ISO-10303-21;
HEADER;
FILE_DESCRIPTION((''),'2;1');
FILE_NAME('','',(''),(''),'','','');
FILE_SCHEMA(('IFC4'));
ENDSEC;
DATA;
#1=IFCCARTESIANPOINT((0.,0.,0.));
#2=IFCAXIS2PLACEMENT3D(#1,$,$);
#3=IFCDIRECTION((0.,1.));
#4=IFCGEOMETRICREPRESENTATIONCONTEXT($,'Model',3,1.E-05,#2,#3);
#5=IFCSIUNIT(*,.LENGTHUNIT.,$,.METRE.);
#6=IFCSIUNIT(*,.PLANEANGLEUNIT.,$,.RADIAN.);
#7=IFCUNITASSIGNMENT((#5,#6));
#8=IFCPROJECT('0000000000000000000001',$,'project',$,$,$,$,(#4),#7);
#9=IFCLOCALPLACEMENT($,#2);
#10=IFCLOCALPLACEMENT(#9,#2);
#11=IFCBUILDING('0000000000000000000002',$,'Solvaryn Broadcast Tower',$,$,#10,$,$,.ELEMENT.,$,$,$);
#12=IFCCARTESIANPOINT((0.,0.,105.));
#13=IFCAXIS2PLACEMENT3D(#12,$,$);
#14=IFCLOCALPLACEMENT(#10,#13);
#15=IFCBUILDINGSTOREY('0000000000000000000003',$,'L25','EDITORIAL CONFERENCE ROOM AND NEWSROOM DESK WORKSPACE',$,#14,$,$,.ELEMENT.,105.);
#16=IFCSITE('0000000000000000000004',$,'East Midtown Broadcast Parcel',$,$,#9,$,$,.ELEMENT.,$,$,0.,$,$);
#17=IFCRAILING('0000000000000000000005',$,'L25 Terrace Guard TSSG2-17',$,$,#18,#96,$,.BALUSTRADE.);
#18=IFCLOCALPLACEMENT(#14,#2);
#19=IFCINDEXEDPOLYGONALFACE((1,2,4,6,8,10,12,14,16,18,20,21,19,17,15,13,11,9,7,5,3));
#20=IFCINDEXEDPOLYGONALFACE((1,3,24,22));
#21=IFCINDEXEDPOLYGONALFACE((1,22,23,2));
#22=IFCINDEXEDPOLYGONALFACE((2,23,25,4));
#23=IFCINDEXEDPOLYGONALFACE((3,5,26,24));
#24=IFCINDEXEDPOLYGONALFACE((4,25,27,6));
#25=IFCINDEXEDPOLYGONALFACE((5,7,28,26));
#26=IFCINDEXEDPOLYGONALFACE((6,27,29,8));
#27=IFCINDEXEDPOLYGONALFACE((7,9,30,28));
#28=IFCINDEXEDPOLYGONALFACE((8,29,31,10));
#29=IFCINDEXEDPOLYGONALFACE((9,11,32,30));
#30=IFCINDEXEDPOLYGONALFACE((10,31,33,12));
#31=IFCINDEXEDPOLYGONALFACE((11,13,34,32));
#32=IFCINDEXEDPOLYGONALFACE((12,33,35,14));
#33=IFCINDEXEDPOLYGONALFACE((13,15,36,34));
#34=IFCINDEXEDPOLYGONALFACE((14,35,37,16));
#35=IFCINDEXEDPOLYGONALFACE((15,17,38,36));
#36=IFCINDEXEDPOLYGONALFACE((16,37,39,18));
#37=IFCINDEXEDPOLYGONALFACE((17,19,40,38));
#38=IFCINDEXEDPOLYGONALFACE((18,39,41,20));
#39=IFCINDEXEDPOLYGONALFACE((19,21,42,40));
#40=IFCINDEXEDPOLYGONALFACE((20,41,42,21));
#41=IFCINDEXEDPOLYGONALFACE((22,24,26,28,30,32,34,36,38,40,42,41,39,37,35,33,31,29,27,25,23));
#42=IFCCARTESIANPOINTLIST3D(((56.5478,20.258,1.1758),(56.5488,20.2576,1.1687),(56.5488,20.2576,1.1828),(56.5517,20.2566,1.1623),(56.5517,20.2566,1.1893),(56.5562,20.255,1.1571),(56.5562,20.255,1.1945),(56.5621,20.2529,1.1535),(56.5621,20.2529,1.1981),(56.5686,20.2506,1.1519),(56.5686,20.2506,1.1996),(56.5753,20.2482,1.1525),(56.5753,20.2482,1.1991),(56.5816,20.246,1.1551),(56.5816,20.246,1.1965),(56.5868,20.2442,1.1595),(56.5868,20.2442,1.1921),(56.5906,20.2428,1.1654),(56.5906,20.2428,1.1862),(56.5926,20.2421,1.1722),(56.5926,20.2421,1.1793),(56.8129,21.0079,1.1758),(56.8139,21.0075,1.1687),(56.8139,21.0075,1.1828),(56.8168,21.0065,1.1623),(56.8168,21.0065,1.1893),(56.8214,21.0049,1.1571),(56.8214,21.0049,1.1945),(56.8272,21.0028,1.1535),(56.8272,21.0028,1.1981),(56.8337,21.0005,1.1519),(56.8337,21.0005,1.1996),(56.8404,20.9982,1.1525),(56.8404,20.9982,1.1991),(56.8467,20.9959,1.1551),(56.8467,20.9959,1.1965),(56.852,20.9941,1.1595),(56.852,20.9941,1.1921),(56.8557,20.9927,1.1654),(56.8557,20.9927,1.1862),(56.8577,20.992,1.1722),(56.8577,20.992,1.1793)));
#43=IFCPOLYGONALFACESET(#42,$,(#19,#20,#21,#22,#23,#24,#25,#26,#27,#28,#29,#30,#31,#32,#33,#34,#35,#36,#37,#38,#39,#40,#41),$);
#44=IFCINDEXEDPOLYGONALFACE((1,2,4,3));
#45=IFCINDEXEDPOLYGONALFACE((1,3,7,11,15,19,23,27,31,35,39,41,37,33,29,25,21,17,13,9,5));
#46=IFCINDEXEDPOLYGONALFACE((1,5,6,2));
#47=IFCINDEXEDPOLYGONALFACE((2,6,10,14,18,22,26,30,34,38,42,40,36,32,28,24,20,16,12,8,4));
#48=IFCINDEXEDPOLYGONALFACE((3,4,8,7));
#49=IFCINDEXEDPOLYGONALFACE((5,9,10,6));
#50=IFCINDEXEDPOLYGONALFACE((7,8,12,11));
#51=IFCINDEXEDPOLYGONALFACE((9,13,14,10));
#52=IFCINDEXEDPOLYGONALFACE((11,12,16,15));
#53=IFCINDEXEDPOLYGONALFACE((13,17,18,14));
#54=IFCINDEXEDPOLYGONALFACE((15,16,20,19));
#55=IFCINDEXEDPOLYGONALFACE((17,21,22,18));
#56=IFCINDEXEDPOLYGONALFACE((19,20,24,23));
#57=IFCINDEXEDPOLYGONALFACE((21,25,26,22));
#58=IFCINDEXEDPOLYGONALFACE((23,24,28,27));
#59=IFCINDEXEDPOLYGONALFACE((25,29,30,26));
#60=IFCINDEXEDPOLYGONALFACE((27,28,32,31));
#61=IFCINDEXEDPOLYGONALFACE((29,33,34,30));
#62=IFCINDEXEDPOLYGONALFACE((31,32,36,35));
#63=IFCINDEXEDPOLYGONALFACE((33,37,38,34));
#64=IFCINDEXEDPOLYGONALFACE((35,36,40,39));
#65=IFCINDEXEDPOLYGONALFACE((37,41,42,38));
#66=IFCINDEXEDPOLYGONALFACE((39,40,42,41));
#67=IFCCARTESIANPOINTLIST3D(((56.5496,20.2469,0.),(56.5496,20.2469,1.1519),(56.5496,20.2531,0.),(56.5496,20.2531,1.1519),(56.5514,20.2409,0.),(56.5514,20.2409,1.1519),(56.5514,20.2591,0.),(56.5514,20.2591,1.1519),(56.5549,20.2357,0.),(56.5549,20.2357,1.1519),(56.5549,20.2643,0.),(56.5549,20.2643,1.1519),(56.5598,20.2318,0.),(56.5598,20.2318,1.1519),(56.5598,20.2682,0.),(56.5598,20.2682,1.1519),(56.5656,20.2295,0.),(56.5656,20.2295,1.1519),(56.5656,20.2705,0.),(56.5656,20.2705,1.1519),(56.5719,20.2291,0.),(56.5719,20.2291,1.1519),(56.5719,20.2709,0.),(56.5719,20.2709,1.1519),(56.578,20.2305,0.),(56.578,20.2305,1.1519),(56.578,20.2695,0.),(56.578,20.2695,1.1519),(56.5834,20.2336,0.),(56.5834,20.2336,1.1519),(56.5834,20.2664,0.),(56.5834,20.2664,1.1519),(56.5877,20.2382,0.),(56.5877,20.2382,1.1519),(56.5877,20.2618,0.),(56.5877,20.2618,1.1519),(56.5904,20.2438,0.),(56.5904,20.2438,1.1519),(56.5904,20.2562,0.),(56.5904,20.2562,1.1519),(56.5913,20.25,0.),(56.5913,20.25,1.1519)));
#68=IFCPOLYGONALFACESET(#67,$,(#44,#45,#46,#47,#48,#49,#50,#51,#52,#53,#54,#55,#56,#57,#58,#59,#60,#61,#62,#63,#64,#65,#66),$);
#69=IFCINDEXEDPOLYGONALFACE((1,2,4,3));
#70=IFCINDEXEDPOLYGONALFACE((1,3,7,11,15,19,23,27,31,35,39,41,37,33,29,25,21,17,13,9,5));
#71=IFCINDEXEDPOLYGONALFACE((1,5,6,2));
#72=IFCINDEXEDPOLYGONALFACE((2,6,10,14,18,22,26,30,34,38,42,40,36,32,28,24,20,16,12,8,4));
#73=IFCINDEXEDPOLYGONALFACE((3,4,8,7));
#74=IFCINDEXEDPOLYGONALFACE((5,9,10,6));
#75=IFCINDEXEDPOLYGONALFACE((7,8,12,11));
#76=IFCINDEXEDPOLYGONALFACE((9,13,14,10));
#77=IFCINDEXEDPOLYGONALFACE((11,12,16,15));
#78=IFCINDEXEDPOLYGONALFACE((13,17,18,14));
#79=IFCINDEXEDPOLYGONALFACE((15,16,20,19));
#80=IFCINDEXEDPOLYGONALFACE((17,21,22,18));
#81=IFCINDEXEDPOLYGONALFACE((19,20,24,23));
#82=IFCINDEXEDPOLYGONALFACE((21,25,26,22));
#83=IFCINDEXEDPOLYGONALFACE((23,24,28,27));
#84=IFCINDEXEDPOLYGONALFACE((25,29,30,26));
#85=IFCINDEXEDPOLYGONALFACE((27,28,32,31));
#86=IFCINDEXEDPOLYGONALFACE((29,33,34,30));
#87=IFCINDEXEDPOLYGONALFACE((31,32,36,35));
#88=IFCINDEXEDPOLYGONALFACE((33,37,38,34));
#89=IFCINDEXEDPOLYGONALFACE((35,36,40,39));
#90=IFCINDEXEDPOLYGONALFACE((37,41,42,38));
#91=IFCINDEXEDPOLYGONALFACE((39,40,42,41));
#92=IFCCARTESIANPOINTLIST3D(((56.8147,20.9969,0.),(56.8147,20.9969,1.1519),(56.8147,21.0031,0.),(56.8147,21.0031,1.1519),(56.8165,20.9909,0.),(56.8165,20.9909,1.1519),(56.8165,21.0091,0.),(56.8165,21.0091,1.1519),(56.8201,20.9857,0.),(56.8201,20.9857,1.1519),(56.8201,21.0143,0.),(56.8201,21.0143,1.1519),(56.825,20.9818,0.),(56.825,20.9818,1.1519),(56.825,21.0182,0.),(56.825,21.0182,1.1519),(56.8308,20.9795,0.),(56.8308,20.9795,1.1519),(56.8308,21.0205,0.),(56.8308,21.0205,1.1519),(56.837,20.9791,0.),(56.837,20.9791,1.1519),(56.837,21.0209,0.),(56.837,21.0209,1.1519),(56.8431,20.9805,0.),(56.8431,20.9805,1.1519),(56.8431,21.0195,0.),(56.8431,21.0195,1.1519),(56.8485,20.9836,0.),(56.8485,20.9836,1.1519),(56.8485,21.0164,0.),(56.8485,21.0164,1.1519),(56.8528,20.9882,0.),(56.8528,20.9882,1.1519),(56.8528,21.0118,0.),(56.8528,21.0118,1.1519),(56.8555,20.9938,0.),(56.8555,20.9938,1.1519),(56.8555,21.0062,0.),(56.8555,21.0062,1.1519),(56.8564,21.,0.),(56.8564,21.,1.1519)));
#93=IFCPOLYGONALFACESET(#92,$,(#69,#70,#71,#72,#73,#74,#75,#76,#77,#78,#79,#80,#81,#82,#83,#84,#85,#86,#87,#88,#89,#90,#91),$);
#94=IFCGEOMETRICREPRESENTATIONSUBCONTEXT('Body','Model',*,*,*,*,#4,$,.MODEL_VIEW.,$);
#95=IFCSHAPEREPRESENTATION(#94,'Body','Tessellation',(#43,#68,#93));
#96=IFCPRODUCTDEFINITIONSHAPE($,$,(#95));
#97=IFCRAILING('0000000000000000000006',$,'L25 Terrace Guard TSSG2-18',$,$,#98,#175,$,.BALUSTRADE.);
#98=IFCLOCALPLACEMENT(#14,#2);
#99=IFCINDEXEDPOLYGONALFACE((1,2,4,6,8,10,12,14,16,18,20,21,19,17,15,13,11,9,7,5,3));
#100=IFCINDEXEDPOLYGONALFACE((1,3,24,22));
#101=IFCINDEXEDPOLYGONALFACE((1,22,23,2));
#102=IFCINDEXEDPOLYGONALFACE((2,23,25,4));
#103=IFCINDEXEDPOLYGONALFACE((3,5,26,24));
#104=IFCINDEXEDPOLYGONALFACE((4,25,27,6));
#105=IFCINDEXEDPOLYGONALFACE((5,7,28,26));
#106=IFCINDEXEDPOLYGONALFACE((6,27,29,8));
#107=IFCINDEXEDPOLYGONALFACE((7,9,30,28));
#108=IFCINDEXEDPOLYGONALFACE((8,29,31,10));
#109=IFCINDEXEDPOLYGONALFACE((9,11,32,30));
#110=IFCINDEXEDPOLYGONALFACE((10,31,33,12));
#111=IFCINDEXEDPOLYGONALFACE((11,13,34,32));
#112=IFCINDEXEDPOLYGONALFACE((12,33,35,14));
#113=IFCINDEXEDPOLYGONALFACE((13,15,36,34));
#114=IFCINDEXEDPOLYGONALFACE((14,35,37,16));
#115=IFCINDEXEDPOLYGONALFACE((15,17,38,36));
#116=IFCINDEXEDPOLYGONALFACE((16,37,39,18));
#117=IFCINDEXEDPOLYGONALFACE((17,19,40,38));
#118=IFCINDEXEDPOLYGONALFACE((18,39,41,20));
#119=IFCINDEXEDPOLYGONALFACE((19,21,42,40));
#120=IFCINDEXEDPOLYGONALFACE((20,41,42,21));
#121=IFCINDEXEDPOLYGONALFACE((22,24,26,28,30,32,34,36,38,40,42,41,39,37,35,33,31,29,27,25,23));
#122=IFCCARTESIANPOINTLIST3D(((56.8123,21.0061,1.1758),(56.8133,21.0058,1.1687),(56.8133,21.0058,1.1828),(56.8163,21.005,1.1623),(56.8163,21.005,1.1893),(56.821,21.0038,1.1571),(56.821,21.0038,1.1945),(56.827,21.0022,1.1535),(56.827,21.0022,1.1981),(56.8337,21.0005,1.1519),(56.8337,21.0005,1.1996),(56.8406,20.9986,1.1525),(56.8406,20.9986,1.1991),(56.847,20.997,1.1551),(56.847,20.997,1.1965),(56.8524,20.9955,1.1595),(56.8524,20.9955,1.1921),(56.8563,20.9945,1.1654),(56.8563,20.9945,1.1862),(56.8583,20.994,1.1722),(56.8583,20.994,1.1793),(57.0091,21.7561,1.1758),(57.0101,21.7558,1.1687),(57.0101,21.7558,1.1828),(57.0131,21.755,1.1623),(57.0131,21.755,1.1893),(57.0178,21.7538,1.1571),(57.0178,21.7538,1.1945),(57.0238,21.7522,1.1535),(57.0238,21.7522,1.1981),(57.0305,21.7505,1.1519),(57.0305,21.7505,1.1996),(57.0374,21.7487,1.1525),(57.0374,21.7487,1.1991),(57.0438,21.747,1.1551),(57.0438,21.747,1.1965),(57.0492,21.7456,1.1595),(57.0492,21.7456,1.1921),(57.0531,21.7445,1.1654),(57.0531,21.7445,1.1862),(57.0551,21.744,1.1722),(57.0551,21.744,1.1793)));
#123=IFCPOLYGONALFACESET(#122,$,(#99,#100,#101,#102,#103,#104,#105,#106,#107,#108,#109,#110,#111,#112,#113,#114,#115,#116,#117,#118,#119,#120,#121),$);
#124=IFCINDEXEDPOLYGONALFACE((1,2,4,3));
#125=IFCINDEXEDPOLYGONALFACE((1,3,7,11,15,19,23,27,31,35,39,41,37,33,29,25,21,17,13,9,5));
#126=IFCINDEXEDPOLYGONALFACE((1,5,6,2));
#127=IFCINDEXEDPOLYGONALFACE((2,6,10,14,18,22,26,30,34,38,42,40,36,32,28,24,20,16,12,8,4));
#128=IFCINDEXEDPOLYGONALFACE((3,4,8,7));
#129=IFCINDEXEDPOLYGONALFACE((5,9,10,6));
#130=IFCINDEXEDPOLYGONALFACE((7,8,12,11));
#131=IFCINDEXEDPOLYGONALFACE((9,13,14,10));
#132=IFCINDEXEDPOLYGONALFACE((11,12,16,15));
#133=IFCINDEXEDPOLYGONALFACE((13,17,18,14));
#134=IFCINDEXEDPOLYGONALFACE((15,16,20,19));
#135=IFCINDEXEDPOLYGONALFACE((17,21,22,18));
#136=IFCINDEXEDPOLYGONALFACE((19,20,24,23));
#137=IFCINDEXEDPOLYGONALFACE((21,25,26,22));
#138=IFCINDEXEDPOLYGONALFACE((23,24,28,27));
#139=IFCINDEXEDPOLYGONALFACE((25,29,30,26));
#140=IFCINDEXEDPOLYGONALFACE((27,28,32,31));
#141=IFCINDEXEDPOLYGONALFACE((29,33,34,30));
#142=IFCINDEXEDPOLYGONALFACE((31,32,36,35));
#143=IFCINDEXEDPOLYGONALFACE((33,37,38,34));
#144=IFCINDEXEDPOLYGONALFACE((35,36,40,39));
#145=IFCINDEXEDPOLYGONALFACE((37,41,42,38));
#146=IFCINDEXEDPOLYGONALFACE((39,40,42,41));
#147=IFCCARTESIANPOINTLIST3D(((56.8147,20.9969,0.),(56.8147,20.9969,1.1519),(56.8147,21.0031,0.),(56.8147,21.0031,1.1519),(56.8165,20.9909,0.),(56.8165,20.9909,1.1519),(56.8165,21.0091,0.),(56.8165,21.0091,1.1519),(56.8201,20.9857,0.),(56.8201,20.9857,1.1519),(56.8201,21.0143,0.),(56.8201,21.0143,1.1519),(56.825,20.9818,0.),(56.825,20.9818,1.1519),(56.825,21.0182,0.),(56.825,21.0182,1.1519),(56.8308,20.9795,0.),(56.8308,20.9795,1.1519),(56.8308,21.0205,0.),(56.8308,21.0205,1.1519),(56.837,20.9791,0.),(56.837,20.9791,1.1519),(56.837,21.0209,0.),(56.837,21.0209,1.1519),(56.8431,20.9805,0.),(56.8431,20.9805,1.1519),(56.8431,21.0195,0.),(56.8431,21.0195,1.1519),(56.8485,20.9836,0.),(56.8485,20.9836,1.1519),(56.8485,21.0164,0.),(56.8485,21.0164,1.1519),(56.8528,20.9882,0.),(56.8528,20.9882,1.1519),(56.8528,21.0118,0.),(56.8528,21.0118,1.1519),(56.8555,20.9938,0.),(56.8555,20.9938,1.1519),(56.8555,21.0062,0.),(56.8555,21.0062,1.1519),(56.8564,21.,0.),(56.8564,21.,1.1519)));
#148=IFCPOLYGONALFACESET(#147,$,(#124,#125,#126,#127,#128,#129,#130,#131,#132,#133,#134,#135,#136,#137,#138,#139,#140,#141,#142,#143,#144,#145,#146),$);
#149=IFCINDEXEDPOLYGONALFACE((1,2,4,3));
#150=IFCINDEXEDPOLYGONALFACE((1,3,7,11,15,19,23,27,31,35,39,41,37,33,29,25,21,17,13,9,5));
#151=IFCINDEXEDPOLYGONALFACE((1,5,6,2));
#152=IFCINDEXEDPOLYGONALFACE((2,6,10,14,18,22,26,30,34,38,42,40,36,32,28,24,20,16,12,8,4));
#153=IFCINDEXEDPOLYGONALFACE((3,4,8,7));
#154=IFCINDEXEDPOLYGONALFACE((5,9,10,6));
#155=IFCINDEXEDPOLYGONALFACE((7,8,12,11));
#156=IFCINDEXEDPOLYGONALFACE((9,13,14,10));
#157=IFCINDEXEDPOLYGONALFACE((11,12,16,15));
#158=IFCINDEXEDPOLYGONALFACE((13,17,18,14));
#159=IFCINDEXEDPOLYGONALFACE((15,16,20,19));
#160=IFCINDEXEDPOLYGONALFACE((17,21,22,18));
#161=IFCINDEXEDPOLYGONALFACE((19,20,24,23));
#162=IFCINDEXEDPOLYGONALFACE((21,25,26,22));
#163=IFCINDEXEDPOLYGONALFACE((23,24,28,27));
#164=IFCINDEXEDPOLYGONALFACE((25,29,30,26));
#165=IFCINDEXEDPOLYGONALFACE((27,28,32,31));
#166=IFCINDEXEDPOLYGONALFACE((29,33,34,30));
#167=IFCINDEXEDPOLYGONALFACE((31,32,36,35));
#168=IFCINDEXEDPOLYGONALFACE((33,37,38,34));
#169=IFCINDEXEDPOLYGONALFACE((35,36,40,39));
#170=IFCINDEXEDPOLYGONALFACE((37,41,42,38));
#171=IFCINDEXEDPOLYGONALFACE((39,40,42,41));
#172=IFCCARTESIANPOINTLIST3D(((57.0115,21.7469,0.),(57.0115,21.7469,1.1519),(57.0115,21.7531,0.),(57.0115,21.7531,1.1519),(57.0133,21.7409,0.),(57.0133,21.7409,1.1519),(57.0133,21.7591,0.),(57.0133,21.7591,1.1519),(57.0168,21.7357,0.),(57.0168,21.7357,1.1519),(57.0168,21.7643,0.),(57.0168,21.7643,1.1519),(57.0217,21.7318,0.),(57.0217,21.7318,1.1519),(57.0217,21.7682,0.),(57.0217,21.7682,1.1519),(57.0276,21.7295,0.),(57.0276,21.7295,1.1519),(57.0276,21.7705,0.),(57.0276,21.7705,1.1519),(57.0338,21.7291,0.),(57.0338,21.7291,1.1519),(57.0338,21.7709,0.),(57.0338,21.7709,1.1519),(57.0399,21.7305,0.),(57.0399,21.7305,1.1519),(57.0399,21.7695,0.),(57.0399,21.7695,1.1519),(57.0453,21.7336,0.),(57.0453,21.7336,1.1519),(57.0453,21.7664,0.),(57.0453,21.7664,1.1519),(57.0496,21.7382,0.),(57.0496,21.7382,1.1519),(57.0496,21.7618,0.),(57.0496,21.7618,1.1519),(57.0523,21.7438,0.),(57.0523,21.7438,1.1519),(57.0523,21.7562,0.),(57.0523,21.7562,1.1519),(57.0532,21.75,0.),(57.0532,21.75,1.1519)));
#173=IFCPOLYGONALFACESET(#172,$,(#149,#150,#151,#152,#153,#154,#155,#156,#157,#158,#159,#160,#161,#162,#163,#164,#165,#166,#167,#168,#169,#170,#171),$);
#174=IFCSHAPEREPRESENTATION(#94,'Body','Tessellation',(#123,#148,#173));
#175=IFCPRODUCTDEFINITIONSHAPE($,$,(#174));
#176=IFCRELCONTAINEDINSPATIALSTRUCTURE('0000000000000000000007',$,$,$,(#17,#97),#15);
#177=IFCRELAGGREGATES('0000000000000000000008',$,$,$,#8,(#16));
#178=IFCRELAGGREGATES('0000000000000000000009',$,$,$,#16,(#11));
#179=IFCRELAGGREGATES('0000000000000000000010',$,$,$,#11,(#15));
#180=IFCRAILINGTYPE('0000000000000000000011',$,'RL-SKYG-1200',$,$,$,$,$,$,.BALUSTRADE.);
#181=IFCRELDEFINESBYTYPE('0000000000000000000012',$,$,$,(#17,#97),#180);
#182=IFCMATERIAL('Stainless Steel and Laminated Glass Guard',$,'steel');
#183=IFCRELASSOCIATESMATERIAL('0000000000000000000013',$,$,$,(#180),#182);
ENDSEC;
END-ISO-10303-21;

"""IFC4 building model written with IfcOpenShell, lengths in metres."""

from ifc_helpers import new_model, si_unit, direction, frame, origin, origin_2d, place, context, subcontext, project, spatial, circle, extrude, material, type_object, element, save


model = new_model("IFC4")

# Units and contexts
model_context = context("Model", 3, precision=1e-05, world=origin(), true_north=direction((0.0, 1.0)))
body_context = subcontext(model_context, "Body", "Model", "MODEL_VIEW")
ifc_project = project(units=[si_unit("LENGTHUNIT", "METRE"), si_unit("PLANEANGLEUNIT", "RADIAN")], contexts=[model_context])

# Site, building, storey
site_placement = place(None, origin())
site = spatial("IfcSite", under=ifc_project, at=site_placement, Name="East Midtown Broadcast Parcel", CompositionType="ELEMENT", RefElevation=0.0)
building_placement = place(site_placement, origin())
building = spatial("IfcBuilding", under=site, at=building_placement, Name="Solvaryn Broadcast Tower", CompositionType="ELEMENT")
storey_placement = place(building_placement, frame((0.0, 0.0, 105.0)))
storey = spatial("IfcBuildingStorey", under=building, at=storey_placement, Name="L25", Description="EDITORIAL CONFERENCE ROOM AND NEWSROOM DESK WORKSPACE", CompositionType="ELEMENT", Elevation=105.0)

# Railings
ifc_material_1 = material(Name="Stainless Steel and Laminated Glass Guard", Category="steel")
railing_type = type_object("IfcRailingType", Name="RL-SKYG-1200", PredefinedType="BALUSTRADE", material=ifc_material_1)
railing_1_placement = place(storey_placement, frame((56.5703, 20.25, 0.0)))
element("IfcRailing", 1, at=railing_1_placement, inside=storey, type_object=railing_type, Name="L25 Terrace Guard TSSG2-17", PredefinedType="BALUSTRADE", context=body_context, shape_type="SweptSolid", body=[
    extrude(circle(Radius=0.0239, at=origin_2d()), frame((0.0, 0.0, 1.1758), z_axis=(0.333302, 0.94282, 0.0), x_axis=(-0.94282, 0.333302, 0.0)), (0.0, 0.0, 1.0), 0.7954),
    extrude(circle(Radius=0.021, at=origin_2d()), origin(), (0.0, 0.0, 1.0), 1.1519),
    extrude(circle(Radius=0.021, at=origin_2d()), frame((0.2651, 0.75, 0.0)), (0.0, 0.0, 1.0), 1.1519),
])
railing_2_placement = place(storey_placement, frame((56.8354, 21.0, 0.0)))
element("IfcRailing", 2, at=railing_2_placement, inside=storey, type_object=railing_type, Name="L25 Terrace Guard TSSG2-18", PredefinedType="BALUSTRADE", context=body_context, shape_type="SweptSolid", body=[
    extrude(circle(Radius=0.0239, at=origin_2d()), frame((0.0, 0.0, 1.1758), z_axis=(0.25378, 0.967262, 0.0), x_axis=(-0.967262, 0.25378, 0.0)), (0.0, 0.0, 1.0), 0.7754),
    extrude(circle(Radius=0.021, at=origin_2d()), origin(), (0.0, 0.0, 1.0), 1.1519),
    extrude(circle(Radius=0.021, at=origin_2d()), frame((0.1968, 0.75, 0.0)), (0.0, 0.0, 1.0), 1.1519),
])

save(model, "model.ifc")
